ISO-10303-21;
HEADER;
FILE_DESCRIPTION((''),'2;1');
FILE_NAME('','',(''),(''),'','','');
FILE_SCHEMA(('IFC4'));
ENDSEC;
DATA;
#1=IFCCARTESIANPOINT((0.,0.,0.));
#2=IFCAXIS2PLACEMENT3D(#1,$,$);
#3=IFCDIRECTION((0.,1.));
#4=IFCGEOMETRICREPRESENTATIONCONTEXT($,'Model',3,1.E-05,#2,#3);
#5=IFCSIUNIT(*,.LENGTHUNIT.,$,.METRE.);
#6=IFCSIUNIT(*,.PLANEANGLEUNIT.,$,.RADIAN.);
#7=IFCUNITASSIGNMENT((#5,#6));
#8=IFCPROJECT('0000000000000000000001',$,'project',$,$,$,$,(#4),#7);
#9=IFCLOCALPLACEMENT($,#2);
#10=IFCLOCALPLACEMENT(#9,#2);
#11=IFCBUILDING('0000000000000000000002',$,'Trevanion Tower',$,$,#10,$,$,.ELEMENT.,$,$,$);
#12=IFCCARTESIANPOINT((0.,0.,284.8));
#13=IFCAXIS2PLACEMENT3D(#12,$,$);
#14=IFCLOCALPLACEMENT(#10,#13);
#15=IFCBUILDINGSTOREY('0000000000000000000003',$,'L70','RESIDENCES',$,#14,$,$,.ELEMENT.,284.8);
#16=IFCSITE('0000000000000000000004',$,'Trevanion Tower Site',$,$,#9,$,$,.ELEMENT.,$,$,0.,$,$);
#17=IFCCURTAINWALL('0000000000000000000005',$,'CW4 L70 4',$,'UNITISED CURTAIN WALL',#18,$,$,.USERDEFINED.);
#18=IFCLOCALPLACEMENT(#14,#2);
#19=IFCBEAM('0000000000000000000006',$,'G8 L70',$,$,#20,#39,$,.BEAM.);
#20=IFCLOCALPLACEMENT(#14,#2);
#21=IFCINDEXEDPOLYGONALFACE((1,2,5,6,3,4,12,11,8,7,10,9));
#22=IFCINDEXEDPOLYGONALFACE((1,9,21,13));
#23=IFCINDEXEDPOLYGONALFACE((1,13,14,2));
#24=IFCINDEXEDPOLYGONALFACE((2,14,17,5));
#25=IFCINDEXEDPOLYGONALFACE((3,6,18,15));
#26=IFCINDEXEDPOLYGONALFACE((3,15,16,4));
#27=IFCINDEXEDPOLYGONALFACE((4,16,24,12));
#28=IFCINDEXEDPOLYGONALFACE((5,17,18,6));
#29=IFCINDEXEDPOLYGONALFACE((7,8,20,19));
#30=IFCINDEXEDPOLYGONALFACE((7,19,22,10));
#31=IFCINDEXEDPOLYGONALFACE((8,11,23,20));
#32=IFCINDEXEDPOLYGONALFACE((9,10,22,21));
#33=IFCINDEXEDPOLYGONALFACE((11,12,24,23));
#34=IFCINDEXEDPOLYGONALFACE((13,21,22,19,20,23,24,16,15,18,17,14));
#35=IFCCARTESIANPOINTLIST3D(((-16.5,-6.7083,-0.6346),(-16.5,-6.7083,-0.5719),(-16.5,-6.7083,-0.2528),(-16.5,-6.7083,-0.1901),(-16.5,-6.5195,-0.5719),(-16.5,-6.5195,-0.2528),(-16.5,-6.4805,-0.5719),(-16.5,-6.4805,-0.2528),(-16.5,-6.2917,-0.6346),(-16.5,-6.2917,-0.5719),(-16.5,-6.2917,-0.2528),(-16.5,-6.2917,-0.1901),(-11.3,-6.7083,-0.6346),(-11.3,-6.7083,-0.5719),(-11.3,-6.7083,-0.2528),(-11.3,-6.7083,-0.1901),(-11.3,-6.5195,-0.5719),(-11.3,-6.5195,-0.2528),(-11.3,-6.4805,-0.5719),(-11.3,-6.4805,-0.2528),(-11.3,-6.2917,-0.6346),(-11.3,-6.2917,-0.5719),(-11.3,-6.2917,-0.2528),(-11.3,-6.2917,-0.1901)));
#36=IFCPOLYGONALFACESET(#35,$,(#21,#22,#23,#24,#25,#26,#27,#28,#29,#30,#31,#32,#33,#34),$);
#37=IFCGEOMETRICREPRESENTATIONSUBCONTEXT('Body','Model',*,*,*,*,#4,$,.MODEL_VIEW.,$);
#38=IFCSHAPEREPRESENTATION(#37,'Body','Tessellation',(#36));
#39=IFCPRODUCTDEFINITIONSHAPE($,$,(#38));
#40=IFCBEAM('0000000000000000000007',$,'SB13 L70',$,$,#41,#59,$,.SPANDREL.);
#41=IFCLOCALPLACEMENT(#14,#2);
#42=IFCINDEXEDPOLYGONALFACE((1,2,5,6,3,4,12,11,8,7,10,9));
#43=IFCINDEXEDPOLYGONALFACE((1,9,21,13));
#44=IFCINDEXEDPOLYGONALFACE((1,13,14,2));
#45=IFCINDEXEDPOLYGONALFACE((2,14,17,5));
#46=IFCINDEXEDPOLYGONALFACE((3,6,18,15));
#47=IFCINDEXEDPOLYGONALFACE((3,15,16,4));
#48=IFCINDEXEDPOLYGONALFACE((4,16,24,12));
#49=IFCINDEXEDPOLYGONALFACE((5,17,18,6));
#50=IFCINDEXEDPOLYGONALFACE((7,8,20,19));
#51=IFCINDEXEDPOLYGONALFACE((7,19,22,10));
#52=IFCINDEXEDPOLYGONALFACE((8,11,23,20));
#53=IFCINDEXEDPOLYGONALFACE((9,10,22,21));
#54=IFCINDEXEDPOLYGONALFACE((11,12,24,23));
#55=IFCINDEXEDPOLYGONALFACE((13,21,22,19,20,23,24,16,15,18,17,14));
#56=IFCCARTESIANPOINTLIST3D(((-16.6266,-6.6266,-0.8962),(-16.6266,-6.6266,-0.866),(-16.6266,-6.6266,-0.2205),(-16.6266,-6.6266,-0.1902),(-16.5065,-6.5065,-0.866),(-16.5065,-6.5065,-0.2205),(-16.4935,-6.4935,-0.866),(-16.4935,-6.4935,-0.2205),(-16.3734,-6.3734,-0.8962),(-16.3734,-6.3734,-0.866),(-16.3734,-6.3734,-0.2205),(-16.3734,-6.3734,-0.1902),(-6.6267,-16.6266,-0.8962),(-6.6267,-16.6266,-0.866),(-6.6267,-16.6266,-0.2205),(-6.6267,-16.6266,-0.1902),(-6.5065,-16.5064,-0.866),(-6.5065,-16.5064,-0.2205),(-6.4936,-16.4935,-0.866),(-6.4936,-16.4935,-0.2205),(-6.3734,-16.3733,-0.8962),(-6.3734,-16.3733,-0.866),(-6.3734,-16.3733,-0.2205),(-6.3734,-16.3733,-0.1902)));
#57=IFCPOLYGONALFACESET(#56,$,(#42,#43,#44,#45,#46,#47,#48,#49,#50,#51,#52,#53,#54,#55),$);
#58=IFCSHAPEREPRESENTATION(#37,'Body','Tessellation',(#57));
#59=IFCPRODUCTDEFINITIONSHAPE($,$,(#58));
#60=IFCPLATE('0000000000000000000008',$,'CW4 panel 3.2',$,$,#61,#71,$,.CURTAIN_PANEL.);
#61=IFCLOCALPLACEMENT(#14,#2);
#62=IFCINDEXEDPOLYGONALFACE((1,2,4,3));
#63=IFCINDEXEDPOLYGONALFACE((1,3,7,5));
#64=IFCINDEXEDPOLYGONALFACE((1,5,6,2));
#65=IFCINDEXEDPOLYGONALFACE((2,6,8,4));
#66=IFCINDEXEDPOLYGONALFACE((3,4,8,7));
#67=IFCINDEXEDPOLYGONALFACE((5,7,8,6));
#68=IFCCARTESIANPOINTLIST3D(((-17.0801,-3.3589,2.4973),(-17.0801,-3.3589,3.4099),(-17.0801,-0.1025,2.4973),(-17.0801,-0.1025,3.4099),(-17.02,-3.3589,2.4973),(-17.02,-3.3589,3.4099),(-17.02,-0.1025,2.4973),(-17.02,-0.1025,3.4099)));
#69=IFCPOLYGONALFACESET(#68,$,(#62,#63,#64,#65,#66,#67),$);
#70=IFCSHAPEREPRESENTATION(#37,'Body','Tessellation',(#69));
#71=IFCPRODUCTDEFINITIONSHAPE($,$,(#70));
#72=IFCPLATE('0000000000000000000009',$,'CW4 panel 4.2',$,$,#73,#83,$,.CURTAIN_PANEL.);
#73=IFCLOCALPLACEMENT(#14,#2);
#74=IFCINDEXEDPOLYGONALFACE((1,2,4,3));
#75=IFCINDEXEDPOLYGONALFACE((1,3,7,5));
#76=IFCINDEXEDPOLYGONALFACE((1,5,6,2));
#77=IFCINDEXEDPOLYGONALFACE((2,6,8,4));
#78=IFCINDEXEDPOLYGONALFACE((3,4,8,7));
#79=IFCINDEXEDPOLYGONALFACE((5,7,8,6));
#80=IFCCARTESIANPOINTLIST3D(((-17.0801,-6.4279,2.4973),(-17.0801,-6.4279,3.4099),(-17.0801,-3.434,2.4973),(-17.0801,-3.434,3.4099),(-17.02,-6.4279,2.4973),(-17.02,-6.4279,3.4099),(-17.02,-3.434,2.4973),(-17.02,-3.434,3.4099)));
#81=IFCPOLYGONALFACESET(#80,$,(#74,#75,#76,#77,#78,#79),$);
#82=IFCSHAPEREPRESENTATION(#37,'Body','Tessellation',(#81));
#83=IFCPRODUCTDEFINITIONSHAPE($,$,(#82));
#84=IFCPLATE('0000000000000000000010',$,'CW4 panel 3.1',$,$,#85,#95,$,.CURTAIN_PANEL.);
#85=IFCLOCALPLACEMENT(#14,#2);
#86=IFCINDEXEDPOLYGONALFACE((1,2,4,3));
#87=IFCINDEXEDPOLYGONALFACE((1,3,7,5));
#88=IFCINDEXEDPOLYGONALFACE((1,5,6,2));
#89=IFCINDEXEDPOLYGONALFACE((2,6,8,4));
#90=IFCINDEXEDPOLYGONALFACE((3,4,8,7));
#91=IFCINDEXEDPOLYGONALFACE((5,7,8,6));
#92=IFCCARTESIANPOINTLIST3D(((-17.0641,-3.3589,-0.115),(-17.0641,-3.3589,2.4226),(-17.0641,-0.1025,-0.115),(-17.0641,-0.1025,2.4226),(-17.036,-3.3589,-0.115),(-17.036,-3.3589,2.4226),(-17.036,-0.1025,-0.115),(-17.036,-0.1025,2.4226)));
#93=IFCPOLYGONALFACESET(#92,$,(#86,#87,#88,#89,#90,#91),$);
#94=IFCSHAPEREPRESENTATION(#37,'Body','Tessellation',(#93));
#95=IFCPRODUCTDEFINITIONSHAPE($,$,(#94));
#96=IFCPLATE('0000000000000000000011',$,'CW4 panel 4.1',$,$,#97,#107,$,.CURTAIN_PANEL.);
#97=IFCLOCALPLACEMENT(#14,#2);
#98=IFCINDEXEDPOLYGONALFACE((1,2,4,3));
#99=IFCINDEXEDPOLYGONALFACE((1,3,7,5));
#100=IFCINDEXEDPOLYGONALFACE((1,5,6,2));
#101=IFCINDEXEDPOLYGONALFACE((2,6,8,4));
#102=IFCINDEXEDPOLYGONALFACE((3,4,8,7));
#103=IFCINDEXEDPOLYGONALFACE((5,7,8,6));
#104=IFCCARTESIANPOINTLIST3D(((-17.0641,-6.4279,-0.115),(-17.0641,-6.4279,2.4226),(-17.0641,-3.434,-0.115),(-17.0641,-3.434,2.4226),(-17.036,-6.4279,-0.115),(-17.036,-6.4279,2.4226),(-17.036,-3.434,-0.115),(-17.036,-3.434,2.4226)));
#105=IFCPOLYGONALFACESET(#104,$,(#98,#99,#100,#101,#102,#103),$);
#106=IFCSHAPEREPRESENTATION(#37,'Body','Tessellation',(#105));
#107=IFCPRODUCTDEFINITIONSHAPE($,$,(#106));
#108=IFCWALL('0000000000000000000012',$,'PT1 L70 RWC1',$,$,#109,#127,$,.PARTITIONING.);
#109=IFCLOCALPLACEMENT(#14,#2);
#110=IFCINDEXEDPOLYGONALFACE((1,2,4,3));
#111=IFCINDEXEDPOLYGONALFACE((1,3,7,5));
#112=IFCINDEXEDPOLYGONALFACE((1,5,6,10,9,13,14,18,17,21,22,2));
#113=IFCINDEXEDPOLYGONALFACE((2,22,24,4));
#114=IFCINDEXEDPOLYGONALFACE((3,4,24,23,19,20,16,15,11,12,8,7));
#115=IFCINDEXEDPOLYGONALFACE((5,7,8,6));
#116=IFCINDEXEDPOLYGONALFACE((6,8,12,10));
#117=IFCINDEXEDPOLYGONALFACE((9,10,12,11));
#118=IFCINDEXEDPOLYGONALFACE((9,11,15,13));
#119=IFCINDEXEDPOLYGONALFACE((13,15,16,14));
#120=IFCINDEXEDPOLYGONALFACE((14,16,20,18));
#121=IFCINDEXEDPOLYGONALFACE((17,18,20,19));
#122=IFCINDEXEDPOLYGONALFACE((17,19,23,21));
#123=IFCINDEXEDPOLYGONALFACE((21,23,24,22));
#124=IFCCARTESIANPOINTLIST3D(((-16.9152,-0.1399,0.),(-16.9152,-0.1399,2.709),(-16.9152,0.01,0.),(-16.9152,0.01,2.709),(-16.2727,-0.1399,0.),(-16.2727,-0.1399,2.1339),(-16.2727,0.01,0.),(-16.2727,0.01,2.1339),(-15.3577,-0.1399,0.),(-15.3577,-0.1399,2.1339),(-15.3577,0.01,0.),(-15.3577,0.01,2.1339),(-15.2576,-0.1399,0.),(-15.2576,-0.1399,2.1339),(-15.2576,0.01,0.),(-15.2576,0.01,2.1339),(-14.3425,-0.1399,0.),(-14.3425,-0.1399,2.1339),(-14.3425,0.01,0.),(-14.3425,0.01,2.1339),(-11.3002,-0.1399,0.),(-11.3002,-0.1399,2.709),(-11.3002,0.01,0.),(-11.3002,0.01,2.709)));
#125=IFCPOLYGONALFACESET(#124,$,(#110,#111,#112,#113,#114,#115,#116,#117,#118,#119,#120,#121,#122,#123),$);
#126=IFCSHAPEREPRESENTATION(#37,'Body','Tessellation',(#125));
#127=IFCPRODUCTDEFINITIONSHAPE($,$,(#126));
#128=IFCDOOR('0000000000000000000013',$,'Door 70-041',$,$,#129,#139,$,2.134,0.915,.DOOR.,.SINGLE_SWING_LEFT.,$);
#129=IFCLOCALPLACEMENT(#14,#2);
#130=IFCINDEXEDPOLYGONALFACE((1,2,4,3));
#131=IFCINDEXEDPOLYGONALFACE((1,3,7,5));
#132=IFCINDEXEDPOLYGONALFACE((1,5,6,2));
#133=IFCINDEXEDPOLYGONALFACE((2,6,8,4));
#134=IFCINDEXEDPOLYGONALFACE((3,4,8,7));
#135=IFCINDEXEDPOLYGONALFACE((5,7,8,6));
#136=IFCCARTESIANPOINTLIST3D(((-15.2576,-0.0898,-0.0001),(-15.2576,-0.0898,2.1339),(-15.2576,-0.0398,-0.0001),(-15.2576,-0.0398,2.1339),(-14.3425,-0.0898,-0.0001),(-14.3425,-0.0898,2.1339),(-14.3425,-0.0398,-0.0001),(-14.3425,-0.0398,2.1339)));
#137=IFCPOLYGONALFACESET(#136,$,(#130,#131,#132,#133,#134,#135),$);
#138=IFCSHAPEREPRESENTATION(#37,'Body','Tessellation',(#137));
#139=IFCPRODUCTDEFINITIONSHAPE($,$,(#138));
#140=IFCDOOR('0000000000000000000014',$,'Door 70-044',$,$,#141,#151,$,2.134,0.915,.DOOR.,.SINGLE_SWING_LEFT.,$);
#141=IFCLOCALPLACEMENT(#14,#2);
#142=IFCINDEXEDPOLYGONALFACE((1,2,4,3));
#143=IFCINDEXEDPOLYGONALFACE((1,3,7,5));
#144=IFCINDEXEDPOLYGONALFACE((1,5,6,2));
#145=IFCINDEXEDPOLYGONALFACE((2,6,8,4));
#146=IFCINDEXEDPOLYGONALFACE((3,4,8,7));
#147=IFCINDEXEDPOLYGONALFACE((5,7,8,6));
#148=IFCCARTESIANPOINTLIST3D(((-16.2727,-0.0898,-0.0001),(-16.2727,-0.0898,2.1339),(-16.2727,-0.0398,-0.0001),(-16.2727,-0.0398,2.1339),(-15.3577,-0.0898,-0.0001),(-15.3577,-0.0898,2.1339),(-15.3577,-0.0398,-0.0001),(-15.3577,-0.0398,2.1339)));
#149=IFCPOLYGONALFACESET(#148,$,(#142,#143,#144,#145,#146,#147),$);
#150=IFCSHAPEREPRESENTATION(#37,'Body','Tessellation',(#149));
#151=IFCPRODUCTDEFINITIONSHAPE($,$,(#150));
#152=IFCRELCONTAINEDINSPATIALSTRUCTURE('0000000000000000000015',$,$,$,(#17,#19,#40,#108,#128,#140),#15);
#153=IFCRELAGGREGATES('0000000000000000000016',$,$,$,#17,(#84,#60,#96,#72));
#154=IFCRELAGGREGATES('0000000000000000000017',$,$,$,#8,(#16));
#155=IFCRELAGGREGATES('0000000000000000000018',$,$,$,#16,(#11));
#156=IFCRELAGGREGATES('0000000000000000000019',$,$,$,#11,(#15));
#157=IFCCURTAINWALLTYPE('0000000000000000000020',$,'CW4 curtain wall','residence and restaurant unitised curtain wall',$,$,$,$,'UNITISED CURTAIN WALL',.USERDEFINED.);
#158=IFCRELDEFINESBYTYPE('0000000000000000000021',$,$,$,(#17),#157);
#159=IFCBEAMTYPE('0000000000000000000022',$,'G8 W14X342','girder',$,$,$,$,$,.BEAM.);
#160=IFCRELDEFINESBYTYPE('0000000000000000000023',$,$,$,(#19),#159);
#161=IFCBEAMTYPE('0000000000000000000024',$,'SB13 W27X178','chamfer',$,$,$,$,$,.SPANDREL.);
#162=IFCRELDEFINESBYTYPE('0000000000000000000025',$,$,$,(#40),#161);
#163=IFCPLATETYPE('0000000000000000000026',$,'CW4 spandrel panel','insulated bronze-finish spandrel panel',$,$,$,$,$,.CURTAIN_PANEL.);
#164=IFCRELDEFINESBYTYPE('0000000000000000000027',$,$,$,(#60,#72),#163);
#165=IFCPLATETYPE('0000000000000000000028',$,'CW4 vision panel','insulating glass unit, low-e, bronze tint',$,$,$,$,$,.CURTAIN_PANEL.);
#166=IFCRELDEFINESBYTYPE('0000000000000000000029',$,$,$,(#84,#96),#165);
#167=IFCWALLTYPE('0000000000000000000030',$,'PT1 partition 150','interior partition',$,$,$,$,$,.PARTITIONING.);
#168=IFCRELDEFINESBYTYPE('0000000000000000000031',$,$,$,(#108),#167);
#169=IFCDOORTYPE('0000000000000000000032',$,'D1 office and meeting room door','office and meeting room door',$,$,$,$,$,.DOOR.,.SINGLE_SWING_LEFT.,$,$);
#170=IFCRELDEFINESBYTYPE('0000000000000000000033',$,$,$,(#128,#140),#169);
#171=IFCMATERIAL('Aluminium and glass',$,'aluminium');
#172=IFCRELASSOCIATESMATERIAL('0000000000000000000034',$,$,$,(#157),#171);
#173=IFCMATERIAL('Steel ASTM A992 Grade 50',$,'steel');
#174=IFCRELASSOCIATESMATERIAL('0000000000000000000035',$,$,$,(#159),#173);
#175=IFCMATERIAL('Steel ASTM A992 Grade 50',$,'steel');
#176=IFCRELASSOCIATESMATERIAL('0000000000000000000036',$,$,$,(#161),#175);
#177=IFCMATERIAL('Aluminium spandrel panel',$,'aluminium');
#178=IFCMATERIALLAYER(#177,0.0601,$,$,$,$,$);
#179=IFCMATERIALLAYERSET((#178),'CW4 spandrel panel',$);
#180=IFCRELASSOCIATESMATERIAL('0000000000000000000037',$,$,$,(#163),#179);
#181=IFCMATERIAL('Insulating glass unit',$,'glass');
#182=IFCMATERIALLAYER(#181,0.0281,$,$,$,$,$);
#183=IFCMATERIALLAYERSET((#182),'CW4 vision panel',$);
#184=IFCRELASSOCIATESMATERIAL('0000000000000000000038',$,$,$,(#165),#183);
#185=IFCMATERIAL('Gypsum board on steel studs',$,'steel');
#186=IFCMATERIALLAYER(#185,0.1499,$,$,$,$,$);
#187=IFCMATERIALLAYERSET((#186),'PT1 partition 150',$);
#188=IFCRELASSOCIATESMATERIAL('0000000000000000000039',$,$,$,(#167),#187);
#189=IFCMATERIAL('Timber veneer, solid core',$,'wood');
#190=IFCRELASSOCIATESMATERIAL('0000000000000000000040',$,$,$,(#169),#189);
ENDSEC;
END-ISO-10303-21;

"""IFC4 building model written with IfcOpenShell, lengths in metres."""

from ifc_helpers import new_model, si_unit, direction, frame, frame_2d, origin, origin_2d, place, context, subcontext, project, spatial, rectangle, i_section, extrude, material, layer, layer_set, material_profile, profile_set, type_object, element, fill, aggregate, save


model = new_model("IFC4")

# Units and contexts
model_context = context("Model", 3, precision=1e-05, world=origin(), true_north=direction((0.0, 1.0)))
body_context = subcontext(model_context, "Body", "Model", "MODEL_VIEW")
ifc_project = project(units=[si_unit("LENGTHUNIT", "METRE"), si_unit("PLANEANGLEUNIT", "RADIAN")], contexts=[model_context])

# Site, building, storey
site_placement = place(None, origin())
site = spatial("IfcSite", under=ifc_project, at=site_placement, Name="Trevanion Tower Site", CompositionType="ELEMENT", RefElevation=0.0)
building_placement = place(site_placement, origin())
building = spatial("IfcBuilding", under=site, at=building_placement, Name="Trevanion Tower", CompositionType="ELEMENT")
storey_placement = place(building_placement, frame((0.0, 0.0, 284.8)))
storey = spatial("IfcBuildingStorey", under=building, at=storey_placement, Name="L70", Description="RESIDENCES", CompositionType="ELEMENT", Elevation=284.8)

# Curtain wall
ifc_material_1 = material(Name="Aluminium and glass", Category="aluminium")
curtain_wall_type = type_object("IfcCurtainWallType", Name="CW4 curtain wall", Description="residence and restaurant unitised curtain wall", ElementType="UNITISED CURTAIN WALL", PredefinedType="USERDEFINED", material=ifc_material_1)
curtain_wall_1_placement = place(storey_placement, origin())
curtain_wall_1 = element("IfcCurtainWall", 1, at=curtain_wall_1_placement, inside=storey, type_object=curtain_wall_type, Name="CW4 L70 4", ObjectType="UNITISED CURTAIN WALL", PredefinedType="USERDEFINED")

# Beams
ifc_material_2 = material(Name="Steel ASTM A992 Grade 50", Category="steel")
ifc_material_profile_1 = material_profile(ifc_material_2, i_section(OverallWidth=0.4165, OverallDepth=0.4446, WebThickness=0.0391, FlangeThickness=0.0627, at=origin_2d()), Name="W14X342")
ifc_profile_set_1 = profile_set([ifc_material_profile_1], Name="Steel ASTM A992 Grade 50")
beam_type_1 = type_object("IfcBeamType", Name="G8 W14X342", Description="girder", PredefinedType="BEAM", material=ifc_profile_set_1)
beam_1_placement = place(storey_placement, frame((-11.3, -6.5, -0.4124), z_axis=(-1.0, 0.0, 0.0), x_axis=(0.0, -1.0, 0.0)))
element("IfcBeam", 2, at=beam_1_placement, inside=storey, type_object=beam_type_1, Name="G8 L70", PredefinedType="BEAM", context=body_context, shape_type="SweptSolid", body=[
    extrude(i_section(OverallWidth=0.4165, OverallDepth=0.4446, WebThickness=0.0391, FlangeThickness=0.0627, at=origin_2d()), origin(), (0.0, 0.0, 1.0), 5.2),
])
ifc_material_3 = material(Name="Steel ASTM A992 Grade 50", Category="steel")
ifc_material_profile_2 = material_profile(ifc_material_3, i_section(OverallWidth=0.3582, OverallDepth=0.7061, WebThickness=0.0183, FlangeThickness=0.0303, at=origin_2d()), Name="W27X178")
ifc_profile_set_2 = profile_set([ifc_material_profile_2], Name="Steel ASTM A992 Grade 50")
beam_type_2 = type_object("IfcBeamType", Name="SB13 W27X178", Description="chamfer", PredefinedType="SPANDREL", material=ifc_profile_set_2)
beam_2_placement = place(storey_placement, frame((-16.5, -6.5, -0.5432), z_axis=(0.707107, -0.707107, 0.0), x_axis=(0.707107, 0.707107, 0.0)))
element("IfcBeam", 3, at=beam_2_placement, inside=storey, type_object=beam_type_2, Name="SB13 L70", PredefinedType="SPANDREL", context=body_context, shape_type="SweptSolid", body=[
    extrude(i_section(OverallWidth=0.3582, OverallDepth=0.7061, WebThickness=0.0183, FlangeThickness=0.0303, at=origin_2d()), origin(), (0.0, 0.0, 1.0), 14.1421),
])

# Plates
ifc_material_4 = material(Name="Aluminium spandrel panel", Category="aluminium")
ifc_layer_1 = layer(ifc_material_4, 0.0601)
ifc_layer_set_1 = layer_set([ifc_layer_1], Name="CW4 spandrel panel")
plate_type_1 = type_object("IfcPlateType", Name="CW4 spandrel panel", Description="insulated bronze-finish spandrel panel", PredefinedType="CURTAIN_PANEL", material=ifc_layer_set_1)
plate_1_placement = place(storey_placement, frame((-17.05, -1.7307, 2.4973), z_axis=(0.0, 0.0, 1.0), x_axis=(0.0, -1.0, 0.0)))
plate_1 = element("IfcPlate", 4, at=plate_1_placement, type_object=plate_type_1, Name="CW4 panel 3.2", PredefinedType="CURTAIN_PANEL", context=body_context, shape_type="SweptSolid", body=[
    extrude(rectangle(XDim=3.2563, YDim=0.0601, at=origin_2d()), origin(), (0.0, 0.0, 1.0), 0.9126),
])
plate_2_placement = place(storey_placement, frame((-17.05, -4.9309, 2.4973), z_axis=(0.0, 0.0, 1.0), x_axis=(0.0, -1.0, 0.0)))
plate_2 = element("IfcPlate", 5, at=plate_2_placement, type_object=plate_type_1, Name="CW4 panel 4.2", PredefinedType="CURTAIN_PANEL", context=body_context, shape_type="SweptSolid", body=[
    extrude(rectangle(XDim=2.9939, YDim=0.0601, at=origin_2d()), origin(), (0.0, 0.0, 1.0), 0.9126),
])
ifc_material_5 = material(Name="Insulating glass unit", Category="glass")
ifc_layer_2 = layer(ifc_material_5, 0.0281)
ifc_layer_set_2 = layer_set([ifc_layer_2], Name="CW4 vision panel")
plate_type_2 = type_object("IfcPlateType", Name="CW4 vision panel", Description="insulating glass unit, low-e, bronze tint", PredefinedType="CURTAIN_PANEL", material=ifc_layer_set_2)
plate_3_placement = place(storey_placement, frame((-17.05, -1.7307, -0.115), z_axis=(0.0, 0.0, 1.0), x_axis=(0.0, -1.0, 0.0)))
plate_3 = element("IfcPlate", 6, at=plate_3_placement, type_object=plate_type_2, Name="CW4 panel 3.1", PredefinedType="CURTAIN_PANEL", context=body_context, shape_type="SweptSolid", body=[
    extrude(rectangle(XDim=3.2563, YDim=0.0281, at=origin_2d()), origin(), (0.0, 0.0, 1.0), 2.5376),
])
plate_4_placement = place(storey_placement, frame((-17.05, -4.9309, -0.115), z_axis=(0.0, 0.0, 1.0), x_axis=(0.0, -1.0, 0.0)))
plate_4 = element("IfcPlate", 7, at=plate_4_placement, type_object=plate_type_2, Name="CW4 panel 4.1", PredefinedType="CURTAIN_PANEL", context=body_context, shape_type="SweptSolid", body=[
    extrude(rectangle(XDim=2.9939, YDim=0.0281, at=origin_2d()), origin(), (0.0, 0.0, 1.0), 2.5376),
])
aggregate(curtain_wall_1, [plate_3, plate_1, plate_4, plate_2])

# Wall, openings, doors
ifc_material_6 = material(Name="Gypsum board on steel studs", Category="steel")
ifc_layer_3 = layer(ifc_material_6, 0.1499)
ifc_layer_set_3 = layer_set([ifc_layer_3], Name="PT1 partition 150")
wall_type_1 = type_object("IfcWallType", Name="PT1 partition 150", Description="interior partition", PredefinedType="PARTITIONING", material=ifc_layer_set_3)
wall_1_placement = place(storey_placement, frame((-11.3, -0.0649, 0.0), z_axis=(0.0, 0.0, 1.0), x_axis=(-1.0, 0.0, 0.0)))
wall_1 = element("IfcWall", 8, at=wall_1_placement, inside=storey, type_object=wall_type_1, Name="PT1 L70 RWC1", PredefinedType="PARTITIONING", context=body_context, shape_type="SweptSolid", body=[
    extrude(rectangle(XDim=5.615, YDim=0.1499, at=frame_2d((2.8076, 0.0))), origin(), (0.0, 0.0, 1.0), 2.709),
])
opening_1_placement = place(wall_1_placement, frame((3.0425, 0.0, 0.0)))
opening_1 = element("IfcOpeningElement", 9, at=opening_1_placement, cuts=wall_1, PredefinedType="OPENING", context=body_context, shape_type="SweptSolid", body=[
    extrude(rectangle(XDim=0.915, YDim=2.134, at=frame_2d((0.4575, 1.0669))), frame((0.0, 0.085, 0.0), z_axis=(0.0, -1.0, 0.0), x_axis=(1.0, 0.0, 0.0)), (0.0, 0.0, 1.0), 0.1699),
])
opening_2_placement = place(wall_1_placement, frame((4.0576, 0.0, 0.0)))
opening_2 = element("IfcOpeningElement", 10, at=opening_2_placement, cuts=wall_1, PredefinedType="OPENING", context=body_context, shape_type="SweptSolid", body=[
    extrude(rectangle(XDim=0.915, YDim=2.134, at=frame_2d((0.4575, 1.0669))), frame((0.0, 0.085, 0.0), z_axis=(0.0, -1.0, 0.0), x_axis=(1.0, 0.0, 0.0)), (0.0, 0.0, 1.0), 0.1699),
])
ifc_material_7 = material(Name="Timber veneer, solid core", Category="wood")
door_type_1 = type_object("IfcDoorType", Name="D1 office and meeting room door", Description="office and meeting room door", OperationType="SINGLE_SWING_LEFT", PredefinedType="DOOR", material=ifc_material_7)
door_1_placement = place(opening_1_placement, origin())
door_1 = element("IfcDoor", 11, at=door_1_placement, inside=storey, type_object=door_type_1, Name="Door 70-041", OperationType="SINGLE_SWING_LEFT", OverallHeight=2.134, OverallWidth=0.915, PredefinedType="DOOR", context=body_context, shape_type="SweptSolid", body=[
    extrude(rectangle(XDim=0.915, YDim=2.134, at=frame_2d((0.4575, 1.0669))), frame((0.0, 0.0249, 0.0), z_axis=(0.0, -1.0, 0.0), x_axis=(1.0, 0.0, 0.0)), (0.0, 0.0, 1.0), 0.05),
])
fill(opening_1, door_1)
door_2_placement = place(opening_2_placement, origin())
door_2 = element("IfcDoor", 12, at=door_2_placement, inside=storey, type_object=door_type_1, Name="Door 70-044", OperationType="SINGLE_SWING_LEFT", OverallHeight=2.134, OverallWidth=0.915, PredefinedType="DOOR", context=body_context, shape_type="SweptSolid", body=[
    extrude(rectangle(XDim=0.915, YDim=2.134, at=frame_2d((0.4575, 1.0669))), frame((0.0, 0.0249, 0.0), z_axis=(0.0, -1.0, 0.0), x_axis=(1.0, 0.0, 0.0)), (0.0, 0.0, 1.0), 0.05),
])
fill(opening_2, door_2)

save(model, "model.ifc")
